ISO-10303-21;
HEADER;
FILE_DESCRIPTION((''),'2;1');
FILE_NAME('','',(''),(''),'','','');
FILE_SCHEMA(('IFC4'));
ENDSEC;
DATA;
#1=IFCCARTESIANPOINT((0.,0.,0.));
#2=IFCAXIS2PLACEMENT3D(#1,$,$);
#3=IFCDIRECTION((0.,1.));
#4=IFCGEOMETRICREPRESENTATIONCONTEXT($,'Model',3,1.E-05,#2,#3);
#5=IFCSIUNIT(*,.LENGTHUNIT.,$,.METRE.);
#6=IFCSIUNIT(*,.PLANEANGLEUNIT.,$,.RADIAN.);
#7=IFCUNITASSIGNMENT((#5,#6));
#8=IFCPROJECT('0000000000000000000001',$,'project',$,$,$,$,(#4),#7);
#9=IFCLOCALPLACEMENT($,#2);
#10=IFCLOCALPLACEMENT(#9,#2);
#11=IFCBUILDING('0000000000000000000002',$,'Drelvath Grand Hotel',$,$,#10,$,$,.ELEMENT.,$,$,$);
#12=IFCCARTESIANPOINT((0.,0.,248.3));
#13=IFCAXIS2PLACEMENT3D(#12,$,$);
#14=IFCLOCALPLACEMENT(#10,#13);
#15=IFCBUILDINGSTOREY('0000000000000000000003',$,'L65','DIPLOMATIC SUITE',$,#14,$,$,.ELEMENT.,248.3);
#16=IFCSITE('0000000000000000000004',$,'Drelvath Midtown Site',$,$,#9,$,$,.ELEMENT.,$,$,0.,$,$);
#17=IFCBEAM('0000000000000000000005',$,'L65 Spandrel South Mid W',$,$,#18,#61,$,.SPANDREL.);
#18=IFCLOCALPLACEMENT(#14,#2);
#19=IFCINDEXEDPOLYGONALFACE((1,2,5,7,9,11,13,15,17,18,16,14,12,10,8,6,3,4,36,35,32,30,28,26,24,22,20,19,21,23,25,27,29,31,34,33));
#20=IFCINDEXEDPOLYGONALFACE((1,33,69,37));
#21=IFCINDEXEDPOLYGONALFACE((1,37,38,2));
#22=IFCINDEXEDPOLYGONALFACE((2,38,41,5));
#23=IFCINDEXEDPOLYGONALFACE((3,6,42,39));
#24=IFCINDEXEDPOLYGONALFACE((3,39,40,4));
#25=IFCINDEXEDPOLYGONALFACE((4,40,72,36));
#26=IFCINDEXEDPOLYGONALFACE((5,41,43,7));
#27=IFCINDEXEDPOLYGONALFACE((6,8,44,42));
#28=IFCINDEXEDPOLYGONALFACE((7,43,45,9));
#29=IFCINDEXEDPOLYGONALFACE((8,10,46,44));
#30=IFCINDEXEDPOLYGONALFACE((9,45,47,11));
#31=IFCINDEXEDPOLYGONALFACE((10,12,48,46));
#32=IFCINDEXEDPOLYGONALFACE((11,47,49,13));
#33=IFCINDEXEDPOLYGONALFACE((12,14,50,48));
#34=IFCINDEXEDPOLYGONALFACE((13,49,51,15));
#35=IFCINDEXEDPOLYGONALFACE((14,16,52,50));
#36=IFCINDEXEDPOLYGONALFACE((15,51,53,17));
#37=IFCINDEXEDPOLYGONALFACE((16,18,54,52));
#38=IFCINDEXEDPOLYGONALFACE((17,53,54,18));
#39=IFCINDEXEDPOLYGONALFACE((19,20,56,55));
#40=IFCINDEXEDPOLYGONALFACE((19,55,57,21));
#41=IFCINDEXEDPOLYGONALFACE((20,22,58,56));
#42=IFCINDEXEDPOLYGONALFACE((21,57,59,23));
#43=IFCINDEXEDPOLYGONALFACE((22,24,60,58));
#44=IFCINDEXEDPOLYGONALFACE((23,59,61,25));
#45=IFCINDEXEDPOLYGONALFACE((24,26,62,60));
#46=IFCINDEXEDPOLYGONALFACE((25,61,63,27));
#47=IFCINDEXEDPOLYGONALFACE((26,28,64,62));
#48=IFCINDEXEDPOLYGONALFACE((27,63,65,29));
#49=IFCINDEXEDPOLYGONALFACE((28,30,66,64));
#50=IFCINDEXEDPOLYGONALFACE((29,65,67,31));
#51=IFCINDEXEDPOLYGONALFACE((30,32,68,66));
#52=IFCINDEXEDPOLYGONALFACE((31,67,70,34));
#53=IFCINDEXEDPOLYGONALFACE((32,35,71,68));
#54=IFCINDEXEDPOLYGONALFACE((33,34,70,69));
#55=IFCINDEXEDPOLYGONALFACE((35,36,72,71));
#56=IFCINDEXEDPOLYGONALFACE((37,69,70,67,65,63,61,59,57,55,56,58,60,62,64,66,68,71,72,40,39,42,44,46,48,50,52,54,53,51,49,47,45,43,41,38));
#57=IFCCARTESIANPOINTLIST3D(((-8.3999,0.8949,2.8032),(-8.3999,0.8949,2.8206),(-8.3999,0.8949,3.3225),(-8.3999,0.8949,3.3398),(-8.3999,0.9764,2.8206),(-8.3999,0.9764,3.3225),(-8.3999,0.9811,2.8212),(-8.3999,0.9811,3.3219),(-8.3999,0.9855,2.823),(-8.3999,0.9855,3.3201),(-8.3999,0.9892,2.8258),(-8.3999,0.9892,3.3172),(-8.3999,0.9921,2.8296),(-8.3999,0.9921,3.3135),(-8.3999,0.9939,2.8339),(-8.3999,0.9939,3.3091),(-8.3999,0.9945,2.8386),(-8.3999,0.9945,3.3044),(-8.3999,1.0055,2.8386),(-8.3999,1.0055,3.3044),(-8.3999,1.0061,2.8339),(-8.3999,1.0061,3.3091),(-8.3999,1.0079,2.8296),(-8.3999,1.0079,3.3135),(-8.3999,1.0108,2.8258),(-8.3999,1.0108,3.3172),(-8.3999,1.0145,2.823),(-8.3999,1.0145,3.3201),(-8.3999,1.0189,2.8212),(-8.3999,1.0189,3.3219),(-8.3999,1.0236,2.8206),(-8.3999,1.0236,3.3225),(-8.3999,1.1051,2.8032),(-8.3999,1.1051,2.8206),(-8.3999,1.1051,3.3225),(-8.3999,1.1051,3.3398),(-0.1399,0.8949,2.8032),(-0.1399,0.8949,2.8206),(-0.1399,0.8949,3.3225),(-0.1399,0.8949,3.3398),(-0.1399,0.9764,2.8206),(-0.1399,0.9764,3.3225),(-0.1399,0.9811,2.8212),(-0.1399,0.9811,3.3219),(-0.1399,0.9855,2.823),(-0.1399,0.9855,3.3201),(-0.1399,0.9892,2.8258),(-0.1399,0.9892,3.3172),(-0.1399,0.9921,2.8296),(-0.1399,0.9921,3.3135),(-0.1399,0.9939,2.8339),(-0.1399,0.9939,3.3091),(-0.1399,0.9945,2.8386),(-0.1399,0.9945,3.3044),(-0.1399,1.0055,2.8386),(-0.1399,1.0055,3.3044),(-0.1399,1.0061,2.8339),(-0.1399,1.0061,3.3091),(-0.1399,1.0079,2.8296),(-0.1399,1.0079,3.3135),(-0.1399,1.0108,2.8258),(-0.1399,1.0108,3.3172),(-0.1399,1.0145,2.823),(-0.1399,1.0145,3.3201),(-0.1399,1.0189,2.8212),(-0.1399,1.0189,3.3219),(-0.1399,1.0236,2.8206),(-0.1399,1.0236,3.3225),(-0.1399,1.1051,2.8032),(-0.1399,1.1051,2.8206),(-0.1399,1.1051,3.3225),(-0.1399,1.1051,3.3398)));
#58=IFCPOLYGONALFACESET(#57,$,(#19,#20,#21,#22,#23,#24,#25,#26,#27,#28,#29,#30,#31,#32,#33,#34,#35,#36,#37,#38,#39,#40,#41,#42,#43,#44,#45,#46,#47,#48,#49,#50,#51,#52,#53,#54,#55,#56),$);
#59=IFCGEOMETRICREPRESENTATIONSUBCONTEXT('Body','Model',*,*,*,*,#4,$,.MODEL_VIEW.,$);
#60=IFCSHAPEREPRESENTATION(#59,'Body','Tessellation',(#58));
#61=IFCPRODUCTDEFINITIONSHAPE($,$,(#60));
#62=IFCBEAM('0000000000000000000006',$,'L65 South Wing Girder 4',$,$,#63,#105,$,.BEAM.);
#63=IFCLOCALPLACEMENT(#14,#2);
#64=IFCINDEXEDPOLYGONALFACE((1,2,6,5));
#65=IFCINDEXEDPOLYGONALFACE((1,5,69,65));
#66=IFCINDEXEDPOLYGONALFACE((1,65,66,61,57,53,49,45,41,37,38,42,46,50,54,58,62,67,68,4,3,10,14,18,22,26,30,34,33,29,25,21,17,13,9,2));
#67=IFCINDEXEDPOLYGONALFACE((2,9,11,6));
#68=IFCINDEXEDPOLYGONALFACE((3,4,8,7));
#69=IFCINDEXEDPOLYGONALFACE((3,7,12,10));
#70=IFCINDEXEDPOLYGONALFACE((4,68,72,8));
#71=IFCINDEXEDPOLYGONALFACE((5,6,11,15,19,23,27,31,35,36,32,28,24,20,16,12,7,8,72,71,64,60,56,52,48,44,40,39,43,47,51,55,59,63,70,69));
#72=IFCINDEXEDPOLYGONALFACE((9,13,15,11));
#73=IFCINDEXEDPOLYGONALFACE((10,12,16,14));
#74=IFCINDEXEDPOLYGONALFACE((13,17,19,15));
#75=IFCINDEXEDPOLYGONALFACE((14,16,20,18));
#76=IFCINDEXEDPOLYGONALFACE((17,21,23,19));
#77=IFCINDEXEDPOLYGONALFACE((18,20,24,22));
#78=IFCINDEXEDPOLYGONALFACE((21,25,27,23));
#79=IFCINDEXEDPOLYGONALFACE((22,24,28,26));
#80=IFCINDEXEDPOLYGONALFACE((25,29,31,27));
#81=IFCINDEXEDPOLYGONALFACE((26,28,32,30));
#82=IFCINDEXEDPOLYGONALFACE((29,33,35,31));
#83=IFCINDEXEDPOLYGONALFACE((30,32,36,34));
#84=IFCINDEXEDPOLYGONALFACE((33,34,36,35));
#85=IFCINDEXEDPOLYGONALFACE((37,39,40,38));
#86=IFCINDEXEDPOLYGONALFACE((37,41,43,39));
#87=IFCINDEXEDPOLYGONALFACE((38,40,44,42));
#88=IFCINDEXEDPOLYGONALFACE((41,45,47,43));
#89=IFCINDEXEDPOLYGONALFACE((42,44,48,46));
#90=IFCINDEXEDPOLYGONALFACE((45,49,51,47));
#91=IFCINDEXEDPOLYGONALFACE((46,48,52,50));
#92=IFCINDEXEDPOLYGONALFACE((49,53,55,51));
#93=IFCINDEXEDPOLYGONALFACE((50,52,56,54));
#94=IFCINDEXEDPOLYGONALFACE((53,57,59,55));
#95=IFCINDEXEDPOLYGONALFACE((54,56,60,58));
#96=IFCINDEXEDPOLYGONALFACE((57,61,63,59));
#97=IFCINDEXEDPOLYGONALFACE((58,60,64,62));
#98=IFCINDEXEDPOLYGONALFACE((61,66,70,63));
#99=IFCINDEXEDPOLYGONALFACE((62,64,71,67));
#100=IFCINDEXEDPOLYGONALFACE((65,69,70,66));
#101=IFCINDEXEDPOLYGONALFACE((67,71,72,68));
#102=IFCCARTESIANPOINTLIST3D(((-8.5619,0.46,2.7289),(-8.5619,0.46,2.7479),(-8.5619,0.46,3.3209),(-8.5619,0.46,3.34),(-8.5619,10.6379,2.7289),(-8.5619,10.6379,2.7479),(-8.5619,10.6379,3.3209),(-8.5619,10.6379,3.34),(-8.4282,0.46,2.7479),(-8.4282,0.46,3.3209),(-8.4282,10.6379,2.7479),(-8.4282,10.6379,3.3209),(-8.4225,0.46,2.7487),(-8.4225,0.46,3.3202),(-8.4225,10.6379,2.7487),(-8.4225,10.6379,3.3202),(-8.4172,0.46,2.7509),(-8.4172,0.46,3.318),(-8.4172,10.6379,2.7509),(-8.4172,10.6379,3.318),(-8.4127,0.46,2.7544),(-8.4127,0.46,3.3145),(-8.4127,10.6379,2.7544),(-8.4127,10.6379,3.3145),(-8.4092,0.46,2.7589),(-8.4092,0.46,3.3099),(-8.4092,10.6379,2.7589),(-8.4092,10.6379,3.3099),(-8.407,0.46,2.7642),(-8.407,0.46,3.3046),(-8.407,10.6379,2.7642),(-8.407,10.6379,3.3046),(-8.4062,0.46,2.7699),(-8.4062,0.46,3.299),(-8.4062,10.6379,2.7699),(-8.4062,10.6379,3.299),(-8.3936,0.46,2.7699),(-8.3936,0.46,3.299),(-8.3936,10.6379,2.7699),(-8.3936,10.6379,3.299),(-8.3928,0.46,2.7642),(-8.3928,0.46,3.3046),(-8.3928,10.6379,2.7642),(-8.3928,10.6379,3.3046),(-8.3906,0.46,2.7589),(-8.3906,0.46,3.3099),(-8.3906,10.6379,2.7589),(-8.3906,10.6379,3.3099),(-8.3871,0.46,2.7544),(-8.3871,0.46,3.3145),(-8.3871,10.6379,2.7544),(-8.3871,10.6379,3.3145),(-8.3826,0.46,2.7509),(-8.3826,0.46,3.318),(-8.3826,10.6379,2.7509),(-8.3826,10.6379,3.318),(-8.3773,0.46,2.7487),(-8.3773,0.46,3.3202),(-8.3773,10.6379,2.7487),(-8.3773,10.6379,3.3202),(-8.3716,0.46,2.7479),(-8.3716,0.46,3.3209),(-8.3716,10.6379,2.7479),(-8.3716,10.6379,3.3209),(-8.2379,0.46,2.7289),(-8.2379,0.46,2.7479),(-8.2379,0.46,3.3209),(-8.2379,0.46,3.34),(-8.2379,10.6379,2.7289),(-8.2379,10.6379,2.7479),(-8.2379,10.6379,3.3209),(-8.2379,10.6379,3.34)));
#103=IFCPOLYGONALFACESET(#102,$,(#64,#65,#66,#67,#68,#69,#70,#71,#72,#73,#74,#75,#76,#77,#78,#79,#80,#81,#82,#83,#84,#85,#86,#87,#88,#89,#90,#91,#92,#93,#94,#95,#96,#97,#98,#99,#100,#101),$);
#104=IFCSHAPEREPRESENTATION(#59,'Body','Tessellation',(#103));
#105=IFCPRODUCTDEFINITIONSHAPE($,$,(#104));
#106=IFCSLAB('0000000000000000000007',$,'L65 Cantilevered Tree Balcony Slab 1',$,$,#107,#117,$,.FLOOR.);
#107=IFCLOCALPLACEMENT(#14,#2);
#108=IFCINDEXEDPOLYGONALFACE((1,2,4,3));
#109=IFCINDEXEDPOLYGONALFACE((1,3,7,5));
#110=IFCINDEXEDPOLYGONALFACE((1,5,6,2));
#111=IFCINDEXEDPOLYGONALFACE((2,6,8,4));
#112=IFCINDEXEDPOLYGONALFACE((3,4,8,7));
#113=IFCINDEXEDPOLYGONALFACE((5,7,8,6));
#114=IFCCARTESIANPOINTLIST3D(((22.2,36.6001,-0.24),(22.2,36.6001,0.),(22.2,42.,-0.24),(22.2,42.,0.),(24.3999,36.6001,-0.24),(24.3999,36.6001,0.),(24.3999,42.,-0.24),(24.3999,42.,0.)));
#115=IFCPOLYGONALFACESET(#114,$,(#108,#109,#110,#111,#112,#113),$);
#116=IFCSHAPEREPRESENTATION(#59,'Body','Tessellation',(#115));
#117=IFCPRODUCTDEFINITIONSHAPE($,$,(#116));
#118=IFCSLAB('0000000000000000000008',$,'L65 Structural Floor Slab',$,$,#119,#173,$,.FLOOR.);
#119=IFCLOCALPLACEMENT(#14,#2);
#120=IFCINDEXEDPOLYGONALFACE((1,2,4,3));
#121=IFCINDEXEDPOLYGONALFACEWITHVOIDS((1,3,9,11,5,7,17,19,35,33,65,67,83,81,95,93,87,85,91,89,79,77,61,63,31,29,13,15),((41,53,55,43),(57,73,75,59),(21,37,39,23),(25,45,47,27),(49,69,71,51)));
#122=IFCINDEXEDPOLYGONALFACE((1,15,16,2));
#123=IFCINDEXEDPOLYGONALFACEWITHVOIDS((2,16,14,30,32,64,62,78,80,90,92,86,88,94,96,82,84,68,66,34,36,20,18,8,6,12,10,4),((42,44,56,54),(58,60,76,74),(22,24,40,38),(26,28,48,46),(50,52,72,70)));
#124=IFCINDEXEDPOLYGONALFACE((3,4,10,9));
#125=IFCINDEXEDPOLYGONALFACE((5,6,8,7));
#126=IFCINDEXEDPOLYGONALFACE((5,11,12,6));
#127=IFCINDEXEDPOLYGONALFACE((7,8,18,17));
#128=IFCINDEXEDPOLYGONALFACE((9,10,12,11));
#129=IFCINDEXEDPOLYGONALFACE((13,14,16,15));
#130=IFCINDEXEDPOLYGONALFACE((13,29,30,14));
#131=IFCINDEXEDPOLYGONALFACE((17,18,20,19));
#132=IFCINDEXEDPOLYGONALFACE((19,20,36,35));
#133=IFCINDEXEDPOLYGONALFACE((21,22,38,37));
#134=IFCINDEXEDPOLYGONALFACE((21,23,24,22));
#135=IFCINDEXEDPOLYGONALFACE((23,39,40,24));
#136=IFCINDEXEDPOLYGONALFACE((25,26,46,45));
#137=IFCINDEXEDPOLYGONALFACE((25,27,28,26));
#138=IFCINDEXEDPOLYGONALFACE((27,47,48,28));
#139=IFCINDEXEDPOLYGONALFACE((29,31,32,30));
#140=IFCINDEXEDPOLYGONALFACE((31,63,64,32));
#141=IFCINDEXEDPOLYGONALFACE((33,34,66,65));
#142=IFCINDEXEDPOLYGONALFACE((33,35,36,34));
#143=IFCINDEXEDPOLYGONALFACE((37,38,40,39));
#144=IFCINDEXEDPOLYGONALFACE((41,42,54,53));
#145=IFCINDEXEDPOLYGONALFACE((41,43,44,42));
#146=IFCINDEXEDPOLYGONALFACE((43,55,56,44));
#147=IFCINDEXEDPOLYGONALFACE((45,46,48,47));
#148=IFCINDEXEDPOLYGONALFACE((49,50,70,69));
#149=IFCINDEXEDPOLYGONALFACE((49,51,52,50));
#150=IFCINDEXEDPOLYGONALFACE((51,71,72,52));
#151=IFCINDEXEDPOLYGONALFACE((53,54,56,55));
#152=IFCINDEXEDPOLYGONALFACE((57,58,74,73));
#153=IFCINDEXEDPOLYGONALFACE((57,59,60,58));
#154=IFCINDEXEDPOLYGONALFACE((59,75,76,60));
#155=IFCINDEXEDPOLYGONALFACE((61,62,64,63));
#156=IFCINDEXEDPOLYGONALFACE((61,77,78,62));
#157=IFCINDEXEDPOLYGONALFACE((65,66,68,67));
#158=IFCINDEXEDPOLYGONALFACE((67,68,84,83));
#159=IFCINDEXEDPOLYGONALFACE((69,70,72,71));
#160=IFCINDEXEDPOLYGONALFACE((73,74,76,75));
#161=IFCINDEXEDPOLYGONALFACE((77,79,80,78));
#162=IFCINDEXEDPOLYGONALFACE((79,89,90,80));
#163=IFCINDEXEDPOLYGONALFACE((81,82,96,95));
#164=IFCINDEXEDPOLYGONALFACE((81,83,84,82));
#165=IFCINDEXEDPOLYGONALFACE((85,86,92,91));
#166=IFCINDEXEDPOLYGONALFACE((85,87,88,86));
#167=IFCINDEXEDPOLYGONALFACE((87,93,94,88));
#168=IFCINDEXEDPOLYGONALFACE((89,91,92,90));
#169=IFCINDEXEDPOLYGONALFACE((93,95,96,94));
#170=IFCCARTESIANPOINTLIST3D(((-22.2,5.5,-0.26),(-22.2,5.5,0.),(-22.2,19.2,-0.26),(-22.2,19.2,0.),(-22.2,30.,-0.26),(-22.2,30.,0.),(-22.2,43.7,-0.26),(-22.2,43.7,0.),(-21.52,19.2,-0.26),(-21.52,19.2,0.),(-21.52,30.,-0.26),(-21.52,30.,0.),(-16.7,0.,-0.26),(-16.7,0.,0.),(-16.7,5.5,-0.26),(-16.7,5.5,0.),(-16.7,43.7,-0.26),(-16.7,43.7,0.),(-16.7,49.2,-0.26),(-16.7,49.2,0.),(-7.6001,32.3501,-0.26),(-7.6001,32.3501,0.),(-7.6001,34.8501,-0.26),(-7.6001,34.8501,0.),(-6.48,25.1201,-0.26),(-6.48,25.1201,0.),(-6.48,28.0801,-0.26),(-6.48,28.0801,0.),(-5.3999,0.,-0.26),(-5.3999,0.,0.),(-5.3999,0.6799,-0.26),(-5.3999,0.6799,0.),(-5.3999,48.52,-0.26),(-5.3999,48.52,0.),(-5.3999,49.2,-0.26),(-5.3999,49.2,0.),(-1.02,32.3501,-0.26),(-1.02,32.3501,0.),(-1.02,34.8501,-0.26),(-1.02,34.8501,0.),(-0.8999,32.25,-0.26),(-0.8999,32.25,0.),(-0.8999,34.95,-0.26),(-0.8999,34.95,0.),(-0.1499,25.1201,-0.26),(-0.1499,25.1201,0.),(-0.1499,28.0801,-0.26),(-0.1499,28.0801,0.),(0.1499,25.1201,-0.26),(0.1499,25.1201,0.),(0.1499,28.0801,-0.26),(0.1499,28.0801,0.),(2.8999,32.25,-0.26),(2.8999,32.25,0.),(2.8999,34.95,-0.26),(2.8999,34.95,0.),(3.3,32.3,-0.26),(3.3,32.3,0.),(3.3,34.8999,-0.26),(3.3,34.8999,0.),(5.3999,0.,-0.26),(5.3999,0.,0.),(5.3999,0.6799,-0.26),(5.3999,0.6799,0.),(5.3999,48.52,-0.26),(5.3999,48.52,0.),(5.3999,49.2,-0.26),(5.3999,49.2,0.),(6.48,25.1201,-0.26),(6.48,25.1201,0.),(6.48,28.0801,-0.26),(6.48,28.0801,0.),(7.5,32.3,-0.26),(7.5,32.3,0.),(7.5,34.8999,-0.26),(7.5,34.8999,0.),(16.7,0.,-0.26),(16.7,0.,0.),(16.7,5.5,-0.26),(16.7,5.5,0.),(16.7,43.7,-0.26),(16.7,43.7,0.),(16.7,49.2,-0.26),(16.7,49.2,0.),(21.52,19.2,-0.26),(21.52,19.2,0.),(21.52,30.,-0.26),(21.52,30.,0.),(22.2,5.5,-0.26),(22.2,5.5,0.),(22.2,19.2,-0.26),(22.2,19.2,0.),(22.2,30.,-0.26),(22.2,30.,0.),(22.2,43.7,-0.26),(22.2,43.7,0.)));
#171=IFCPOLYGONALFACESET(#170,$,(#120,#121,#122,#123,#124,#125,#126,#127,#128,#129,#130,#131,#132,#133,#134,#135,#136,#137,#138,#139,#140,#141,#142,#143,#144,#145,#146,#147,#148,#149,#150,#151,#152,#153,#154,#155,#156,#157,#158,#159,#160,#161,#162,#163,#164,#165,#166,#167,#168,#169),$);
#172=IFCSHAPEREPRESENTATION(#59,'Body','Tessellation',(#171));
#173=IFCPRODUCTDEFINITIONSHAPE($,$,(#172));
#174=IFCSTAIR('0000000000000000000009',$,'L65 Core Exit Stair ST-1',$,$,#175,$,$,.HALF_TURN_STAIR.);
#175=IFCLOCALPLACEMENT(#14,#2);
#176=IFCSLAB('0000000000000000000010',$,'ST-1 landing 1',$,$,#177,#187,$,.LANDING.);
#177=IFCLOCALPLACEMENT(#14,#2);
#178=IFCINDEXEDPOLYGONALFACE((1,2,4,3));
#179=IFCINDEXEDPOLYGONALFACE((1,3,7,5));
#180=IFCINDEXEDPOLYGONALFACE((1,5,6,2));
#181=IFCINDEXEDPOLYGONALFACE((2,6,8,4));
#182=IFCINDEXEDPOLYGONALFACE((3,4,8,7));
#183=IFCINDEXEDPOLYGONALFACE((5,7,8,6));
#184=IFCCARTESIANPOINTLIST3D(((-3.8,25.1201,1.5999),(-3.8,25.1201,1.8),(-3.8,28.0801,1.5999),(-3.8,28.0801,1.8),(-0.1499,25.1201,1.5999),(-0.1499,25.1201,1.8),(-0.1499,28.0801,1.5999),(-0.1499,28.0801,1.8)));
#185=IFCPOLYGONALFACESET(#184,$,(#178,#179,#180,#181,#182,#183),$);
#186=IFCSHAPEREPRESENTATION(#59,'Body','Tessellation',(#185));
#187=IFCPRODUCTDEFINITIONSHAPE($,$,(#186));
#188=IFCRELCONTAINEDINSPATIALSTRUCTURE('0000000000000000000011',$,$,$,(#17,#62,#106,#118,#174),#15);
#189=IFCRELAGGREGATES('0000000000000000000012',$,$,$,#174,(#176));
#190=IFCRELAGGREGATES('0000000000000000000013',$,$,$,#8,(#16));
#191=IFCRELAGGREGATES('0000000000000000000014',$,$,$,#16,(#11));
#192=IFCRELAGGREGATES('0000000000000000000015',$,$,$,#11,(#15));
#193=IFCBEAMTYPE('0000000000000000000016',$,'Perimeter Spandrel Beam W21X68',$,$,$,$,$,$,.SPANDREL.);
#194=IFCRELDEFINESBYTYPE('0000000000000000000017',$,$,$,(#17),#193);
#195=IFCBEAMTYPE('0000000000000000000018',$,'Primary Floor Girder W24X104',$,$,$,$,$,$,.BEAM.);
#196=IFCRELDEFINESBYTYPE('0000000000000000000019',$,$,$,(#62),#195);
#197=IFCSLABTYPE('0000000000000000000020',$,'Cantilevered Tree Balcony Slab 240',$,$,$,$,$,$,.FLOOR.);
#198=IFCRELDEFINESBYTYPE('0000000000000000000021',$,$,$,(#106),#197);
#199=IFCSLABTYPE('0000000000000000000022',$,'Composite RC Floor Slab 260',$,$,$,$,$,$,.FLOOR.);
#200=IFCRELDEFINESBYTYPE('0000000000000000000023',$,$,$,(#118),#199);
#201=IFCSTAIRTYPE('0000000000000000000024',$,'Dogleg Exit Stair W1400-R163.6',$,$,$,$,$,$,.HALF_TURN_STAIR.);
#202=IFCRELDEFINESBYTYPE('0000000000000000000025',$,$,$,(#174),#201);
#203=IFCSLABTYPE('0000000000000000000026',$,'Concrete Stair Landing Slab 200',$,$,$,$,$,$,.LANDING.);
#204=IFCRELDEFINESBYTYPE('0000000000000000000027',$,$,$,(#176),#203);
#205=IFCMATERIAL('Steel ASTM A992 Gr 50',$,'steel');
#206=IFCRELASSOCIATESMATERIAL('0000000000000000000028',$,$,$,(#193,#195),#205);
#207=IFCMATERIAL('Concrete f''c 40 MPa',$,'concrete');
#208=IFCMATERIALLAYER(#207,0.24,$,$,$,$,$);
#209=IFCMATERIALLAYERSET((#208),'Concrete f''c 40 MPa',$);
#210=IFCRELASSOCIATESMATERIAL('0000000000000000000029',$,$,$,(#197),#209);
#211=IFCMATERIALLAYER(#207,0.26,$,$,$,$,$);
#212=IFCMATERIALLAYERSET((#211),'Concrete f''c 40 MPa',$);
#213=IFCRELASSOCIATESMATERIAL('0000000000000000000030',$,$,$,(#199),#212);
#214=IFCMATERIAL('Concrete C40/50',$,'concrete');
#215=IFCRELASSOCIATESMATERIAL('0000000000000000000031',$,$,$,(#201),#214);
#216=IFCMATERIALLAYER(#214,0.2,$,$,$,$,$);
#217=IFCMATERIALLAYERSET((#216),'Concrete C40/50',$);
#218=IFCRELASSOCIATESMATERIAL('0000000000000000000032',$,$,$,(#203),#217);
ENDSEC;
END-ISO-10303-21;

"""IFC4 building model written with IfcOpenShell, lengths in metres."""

from ifc_helpers import new_model, si_unit, direction, frame, origin, origin_2d, place, context, subcontext, project, spatial, polyline, i_section, outline, extrude, material, layer, layer_set, material_profile, profile_set, type_object, element, aggregate, save


model = new_model("IFC4")

# Units and contexts
model_context = context("Model", 3, precision=1e-05, world=origin(), true_north=direction((0.0, 1.0)))
body_context = subcontext(model_context, "Body", "Model", "MODEL_VIEW")
ifc_project = project(units=[si_unit("LENGTHUNIT", "METRE"), si_unit("PLANEANGLEUNIT", "RADIAN")], contexts=[model_context])

# Site, building, storey
site_placement = place(None, origin())
site = spatial("IfcSite", under=ifc_project, at=site_placement, Name="Drelvath Midtown Site", CompositionType="ELEMENT", RefElevation=0.0)
building_placement = place(site_placement, origin())
building = spatial("IfcBuilding", under=site, at=building_placement, Name="Drelvath Grand Hotel", CompositionType="ELEMENT")
storey_placement = place(building_placement, frame((0.0, 0.0, 248.3)))
storey = spatial("IfcBuildingStorey", under=building, at=storey_placement, Name="L65", Description="DIPLOMATIC SUITE", CompositionType="ELEMENT", Elevation=248.3)

# Beams
ifc_material_1 = material(Name="Steel ASTM A992 Gr 50", Category="steel")
ifc_material_profile_1 = material_profile(ifc_material_1, i_section(OverallWidth=0.2102, OverallDepth=0.5366, WebThickness=0.011, FlangeThickness=0.0173, FilletRadius=0.0181, at=origin_2d()), Name="W21X68")
ifc_profile_set_1 = profile_set([ifc_material_profile_1], Name="Steel ASTM A992 Gr 50")
beam_type_1 = type_object("IfcBeamType", Name="Perimeter Spandrel Beam W21X68", PredefinedType="SPANDREL", material=ifc_profile_set_1)
beam_1_placement = place(storey_placement, frame((-8.3999, 1.0, 3.0715), z_axis=(1.0, 0.0, 0.0), x_axis=(0.0, 1.0, 0.0)))
element("IfcBeam", 1, at=beam_1_placement, inside=storey, type_object=beam_type_1, Name="L65 Spandrel South Mid W", PredefinedType="SPANDREL", context=body_context, shape_type="SweptSolid", body=[
    extrude(i_section(OverallWidth=0.2102, OverallDepth=0.5366, WebThickness=0.011, FlangeThickness=0.0173, FilletRadius=0.0181, at=origin_2d()), origin(), (0.0, 0.0, 1.0), 8.26),
])
ifc_material_profile_2 = material_profile(ifc_material_1, i_section(OverallWidth=0.324, OverallDepth=0.6111, WebThickness=0.0127, FlangeThickness=0.019, FilletRadius=0.022, at=origin_2d()), Name="W24X104")
ifc_profile_set_2 = profile_set([ifc_material_profile_2], Name="Steel ASTM A992 Gr 50")
beam_type_2 = type_object("IfcBeamType", Name="Primary Floor Girder W24X104", PredefinedType="BEAM", material=ifc_profile_set_2)
beam_2_placement = place(storey_placement, frame((-8.3999, 0.46, 3.0344), z_axis=(0.0, 1.0, 0.0), x_axis=(-1.0, 0.0, 0.0)))
element("IfcBeam", 2, at=beam_2_placement, inside=storey, type_object=beam_type_2, Name="L65 South Wing Girder 4", PredefinedType="BEAM", context=body_context, shape_type="SweptSolid", body=[
    extrude(i_section(OverallWidth=0.324, OverallDepth=0.6111, WebThickness=0.0127, FlangeThickness=0.019, FilletRadius=0.022, at=origin_2d()), origin(), (0.0, 0.0, 1.0), 10.178),
])

# Slabs
ifc_material_2 = material(Name="Concrete f'c 40 MPa", Category="concrete")
ifc_layer_1 = layer(ifc_material_2, 0.24)
ifc_layer_set_1 = layer_set([ifc_layer_1], Name="Concrete f'c 40 MPa")
slab_type_1 = type_object("IfcSlabType", Name="Cantilevered Tree Balcony Slab 240", PredefinedType="FLOOR", material=ifc_layer_set_1)
slab_1_placement = place(storey_placement, frame((0.0, 0.0, -0.24)))
element("IfcSlab", 3, at=slab_1_placement, inside=storey, type_object=slab_type_1, Name="L65 Cantilevered Tree Balcony Slab 1", PredefinedType="FLOOR", context=body_context, shape_type="SweptSolid", body=[
    extrude(outline(polyline([(22.2, 36.6001), (24.3999, 36.6001), (24.3999, 42.0), (22.2, 42.0), (22.2, 36.6001)])), origin(), (0.0, 0.0, 1.0), 0.24),
])
ifc_layer_2 = layer(ifc_material_2, 0.26)
ifc_layer_set_2 = layer_set([ifc_layer_2], Name="Concrete f'c 40 MPa")
slab_type_2 = type_object("IfcSlabType", Name="Composite RC Floor Slab 260", PredefinedType="FLOOR", material=ifc_layer_set_2)
slab_2_placement = place(storey_placement, frame((0.0, 0.0, -0.26)))
element("IfcSlab", 4, at=slab_2_placement, inside=storey, type_object=slab_type_2, Name="L65 Structural Floor Slab", PredefinedType="FLOOR", context=body_context, shape_type="SweptSolid", body=[
    extrude(outline(polyline([(-16.7, 0.0), (-5.3999, 0.0), (-5.3999, 0.6799), (5.3999, 0.6799), (5.3999, 0.0), (16.7, 0.0), (16.7, 5.5), (22.2, 5.5), (22.2, 19.2), (21.52, 19.2), (21.52, 30.0), (22.2, 30.0), (22.2, 43.7), (16.7, 43.7), (16.7, 49.2), (5.3999, 49.2), (5.3999, 48.52), (-5.3999, 48.52), (-5.3999, 49.2), (-16.7, 49.2), (-16.7, 43.7), (-22.2, 43.7), (-22.2, 30.0), (-21.52, 30.0), (-21.52, 19.2), (-22.2, 19.2), (-22.2, 5.5), (-16.7, 5.5), (-16.7, 0.0)]), holes=[polyline([(-6.48, 25.1201), (-6.48, 28.0801), (-0.1499, 28.0801), (-0.1499, 25.1201), (-6.48, 25.1201)]), polyline([(0.1499, 25.1201), (0.1499, 28.0801), (6.48, 28.0801), (6.48, 25.1201), (0.1499, 25.1201)]), polyline([(-7.6001, 32.3501), (-7.6001, 34.8501), (-1.02, 34.8501), (-1.02, 32.3501), (-7.6001, 32.3501)]), polyline([(-0.8999, 32.25), (-0.8999, 34.95), (2.8999, 34.95), (2.8999, 32.25), (-0.8999, 32.25)]), polyline([(3.3, 32.3), (3.3, 34.8999), (7.5, 34.8999), (7.5, 32.3), (3.3, 32.3)])]), origin(), (0.0, 0.0, 1.0), 0.26),
])

# Stair, slab
ifc_material_3 = material(Name="Concrete C40/50", Category="concrete")
stair_type = type_object("IfcStairType", Name="Dogleg Exit Stair W1400-R163.6", PredefinedType="HALF_TURN_STAIR", material=ifc_material_3)
stair_1_placement = place(storey_placement, origin())
stair_1 = element("IfcStair", 5, at=stair_1_placement, inside=storey, type_object=stair_type, Name="L65 Core Exit Stair ST-1", PredefinedType="HALF_TURN_STAIR")
ifc_layer_3 = layer(ifc_material_3, 0.2)
ifc_layer_set_3 = layer_set([ifc_layer_3], Name="Concrete C40/50")
slab_type_3 = type_object("IfcSlabType", Name="Concrete Stair Landing Slab 200", PredefinedType="LANDING", material=ifc_layer_set_3)
slab_3_placement = place(storey_placement, frame((0.0, 0.0, 1.5999)))
slab_3 = element("IfcSlab", 6, at=slab_3_placement, type_object=slab_type_3, Name="ST-1 landing 1", PredefinedType="LANDING", context=body_context, shape_type="SweptSolid", body=[
    extrude(outline(polyline([(-3.8, 25.1201), (-0.1499, 25.1201), (-0.1499, 28.0801), (-3.8, 28.0801), (-3.8, 25.1201)])), origin(), (0.0, 0.0, 1.0), 0.2002),
])
aggregate(stair_1, [slab_3])

save(model, "model.ifc")
